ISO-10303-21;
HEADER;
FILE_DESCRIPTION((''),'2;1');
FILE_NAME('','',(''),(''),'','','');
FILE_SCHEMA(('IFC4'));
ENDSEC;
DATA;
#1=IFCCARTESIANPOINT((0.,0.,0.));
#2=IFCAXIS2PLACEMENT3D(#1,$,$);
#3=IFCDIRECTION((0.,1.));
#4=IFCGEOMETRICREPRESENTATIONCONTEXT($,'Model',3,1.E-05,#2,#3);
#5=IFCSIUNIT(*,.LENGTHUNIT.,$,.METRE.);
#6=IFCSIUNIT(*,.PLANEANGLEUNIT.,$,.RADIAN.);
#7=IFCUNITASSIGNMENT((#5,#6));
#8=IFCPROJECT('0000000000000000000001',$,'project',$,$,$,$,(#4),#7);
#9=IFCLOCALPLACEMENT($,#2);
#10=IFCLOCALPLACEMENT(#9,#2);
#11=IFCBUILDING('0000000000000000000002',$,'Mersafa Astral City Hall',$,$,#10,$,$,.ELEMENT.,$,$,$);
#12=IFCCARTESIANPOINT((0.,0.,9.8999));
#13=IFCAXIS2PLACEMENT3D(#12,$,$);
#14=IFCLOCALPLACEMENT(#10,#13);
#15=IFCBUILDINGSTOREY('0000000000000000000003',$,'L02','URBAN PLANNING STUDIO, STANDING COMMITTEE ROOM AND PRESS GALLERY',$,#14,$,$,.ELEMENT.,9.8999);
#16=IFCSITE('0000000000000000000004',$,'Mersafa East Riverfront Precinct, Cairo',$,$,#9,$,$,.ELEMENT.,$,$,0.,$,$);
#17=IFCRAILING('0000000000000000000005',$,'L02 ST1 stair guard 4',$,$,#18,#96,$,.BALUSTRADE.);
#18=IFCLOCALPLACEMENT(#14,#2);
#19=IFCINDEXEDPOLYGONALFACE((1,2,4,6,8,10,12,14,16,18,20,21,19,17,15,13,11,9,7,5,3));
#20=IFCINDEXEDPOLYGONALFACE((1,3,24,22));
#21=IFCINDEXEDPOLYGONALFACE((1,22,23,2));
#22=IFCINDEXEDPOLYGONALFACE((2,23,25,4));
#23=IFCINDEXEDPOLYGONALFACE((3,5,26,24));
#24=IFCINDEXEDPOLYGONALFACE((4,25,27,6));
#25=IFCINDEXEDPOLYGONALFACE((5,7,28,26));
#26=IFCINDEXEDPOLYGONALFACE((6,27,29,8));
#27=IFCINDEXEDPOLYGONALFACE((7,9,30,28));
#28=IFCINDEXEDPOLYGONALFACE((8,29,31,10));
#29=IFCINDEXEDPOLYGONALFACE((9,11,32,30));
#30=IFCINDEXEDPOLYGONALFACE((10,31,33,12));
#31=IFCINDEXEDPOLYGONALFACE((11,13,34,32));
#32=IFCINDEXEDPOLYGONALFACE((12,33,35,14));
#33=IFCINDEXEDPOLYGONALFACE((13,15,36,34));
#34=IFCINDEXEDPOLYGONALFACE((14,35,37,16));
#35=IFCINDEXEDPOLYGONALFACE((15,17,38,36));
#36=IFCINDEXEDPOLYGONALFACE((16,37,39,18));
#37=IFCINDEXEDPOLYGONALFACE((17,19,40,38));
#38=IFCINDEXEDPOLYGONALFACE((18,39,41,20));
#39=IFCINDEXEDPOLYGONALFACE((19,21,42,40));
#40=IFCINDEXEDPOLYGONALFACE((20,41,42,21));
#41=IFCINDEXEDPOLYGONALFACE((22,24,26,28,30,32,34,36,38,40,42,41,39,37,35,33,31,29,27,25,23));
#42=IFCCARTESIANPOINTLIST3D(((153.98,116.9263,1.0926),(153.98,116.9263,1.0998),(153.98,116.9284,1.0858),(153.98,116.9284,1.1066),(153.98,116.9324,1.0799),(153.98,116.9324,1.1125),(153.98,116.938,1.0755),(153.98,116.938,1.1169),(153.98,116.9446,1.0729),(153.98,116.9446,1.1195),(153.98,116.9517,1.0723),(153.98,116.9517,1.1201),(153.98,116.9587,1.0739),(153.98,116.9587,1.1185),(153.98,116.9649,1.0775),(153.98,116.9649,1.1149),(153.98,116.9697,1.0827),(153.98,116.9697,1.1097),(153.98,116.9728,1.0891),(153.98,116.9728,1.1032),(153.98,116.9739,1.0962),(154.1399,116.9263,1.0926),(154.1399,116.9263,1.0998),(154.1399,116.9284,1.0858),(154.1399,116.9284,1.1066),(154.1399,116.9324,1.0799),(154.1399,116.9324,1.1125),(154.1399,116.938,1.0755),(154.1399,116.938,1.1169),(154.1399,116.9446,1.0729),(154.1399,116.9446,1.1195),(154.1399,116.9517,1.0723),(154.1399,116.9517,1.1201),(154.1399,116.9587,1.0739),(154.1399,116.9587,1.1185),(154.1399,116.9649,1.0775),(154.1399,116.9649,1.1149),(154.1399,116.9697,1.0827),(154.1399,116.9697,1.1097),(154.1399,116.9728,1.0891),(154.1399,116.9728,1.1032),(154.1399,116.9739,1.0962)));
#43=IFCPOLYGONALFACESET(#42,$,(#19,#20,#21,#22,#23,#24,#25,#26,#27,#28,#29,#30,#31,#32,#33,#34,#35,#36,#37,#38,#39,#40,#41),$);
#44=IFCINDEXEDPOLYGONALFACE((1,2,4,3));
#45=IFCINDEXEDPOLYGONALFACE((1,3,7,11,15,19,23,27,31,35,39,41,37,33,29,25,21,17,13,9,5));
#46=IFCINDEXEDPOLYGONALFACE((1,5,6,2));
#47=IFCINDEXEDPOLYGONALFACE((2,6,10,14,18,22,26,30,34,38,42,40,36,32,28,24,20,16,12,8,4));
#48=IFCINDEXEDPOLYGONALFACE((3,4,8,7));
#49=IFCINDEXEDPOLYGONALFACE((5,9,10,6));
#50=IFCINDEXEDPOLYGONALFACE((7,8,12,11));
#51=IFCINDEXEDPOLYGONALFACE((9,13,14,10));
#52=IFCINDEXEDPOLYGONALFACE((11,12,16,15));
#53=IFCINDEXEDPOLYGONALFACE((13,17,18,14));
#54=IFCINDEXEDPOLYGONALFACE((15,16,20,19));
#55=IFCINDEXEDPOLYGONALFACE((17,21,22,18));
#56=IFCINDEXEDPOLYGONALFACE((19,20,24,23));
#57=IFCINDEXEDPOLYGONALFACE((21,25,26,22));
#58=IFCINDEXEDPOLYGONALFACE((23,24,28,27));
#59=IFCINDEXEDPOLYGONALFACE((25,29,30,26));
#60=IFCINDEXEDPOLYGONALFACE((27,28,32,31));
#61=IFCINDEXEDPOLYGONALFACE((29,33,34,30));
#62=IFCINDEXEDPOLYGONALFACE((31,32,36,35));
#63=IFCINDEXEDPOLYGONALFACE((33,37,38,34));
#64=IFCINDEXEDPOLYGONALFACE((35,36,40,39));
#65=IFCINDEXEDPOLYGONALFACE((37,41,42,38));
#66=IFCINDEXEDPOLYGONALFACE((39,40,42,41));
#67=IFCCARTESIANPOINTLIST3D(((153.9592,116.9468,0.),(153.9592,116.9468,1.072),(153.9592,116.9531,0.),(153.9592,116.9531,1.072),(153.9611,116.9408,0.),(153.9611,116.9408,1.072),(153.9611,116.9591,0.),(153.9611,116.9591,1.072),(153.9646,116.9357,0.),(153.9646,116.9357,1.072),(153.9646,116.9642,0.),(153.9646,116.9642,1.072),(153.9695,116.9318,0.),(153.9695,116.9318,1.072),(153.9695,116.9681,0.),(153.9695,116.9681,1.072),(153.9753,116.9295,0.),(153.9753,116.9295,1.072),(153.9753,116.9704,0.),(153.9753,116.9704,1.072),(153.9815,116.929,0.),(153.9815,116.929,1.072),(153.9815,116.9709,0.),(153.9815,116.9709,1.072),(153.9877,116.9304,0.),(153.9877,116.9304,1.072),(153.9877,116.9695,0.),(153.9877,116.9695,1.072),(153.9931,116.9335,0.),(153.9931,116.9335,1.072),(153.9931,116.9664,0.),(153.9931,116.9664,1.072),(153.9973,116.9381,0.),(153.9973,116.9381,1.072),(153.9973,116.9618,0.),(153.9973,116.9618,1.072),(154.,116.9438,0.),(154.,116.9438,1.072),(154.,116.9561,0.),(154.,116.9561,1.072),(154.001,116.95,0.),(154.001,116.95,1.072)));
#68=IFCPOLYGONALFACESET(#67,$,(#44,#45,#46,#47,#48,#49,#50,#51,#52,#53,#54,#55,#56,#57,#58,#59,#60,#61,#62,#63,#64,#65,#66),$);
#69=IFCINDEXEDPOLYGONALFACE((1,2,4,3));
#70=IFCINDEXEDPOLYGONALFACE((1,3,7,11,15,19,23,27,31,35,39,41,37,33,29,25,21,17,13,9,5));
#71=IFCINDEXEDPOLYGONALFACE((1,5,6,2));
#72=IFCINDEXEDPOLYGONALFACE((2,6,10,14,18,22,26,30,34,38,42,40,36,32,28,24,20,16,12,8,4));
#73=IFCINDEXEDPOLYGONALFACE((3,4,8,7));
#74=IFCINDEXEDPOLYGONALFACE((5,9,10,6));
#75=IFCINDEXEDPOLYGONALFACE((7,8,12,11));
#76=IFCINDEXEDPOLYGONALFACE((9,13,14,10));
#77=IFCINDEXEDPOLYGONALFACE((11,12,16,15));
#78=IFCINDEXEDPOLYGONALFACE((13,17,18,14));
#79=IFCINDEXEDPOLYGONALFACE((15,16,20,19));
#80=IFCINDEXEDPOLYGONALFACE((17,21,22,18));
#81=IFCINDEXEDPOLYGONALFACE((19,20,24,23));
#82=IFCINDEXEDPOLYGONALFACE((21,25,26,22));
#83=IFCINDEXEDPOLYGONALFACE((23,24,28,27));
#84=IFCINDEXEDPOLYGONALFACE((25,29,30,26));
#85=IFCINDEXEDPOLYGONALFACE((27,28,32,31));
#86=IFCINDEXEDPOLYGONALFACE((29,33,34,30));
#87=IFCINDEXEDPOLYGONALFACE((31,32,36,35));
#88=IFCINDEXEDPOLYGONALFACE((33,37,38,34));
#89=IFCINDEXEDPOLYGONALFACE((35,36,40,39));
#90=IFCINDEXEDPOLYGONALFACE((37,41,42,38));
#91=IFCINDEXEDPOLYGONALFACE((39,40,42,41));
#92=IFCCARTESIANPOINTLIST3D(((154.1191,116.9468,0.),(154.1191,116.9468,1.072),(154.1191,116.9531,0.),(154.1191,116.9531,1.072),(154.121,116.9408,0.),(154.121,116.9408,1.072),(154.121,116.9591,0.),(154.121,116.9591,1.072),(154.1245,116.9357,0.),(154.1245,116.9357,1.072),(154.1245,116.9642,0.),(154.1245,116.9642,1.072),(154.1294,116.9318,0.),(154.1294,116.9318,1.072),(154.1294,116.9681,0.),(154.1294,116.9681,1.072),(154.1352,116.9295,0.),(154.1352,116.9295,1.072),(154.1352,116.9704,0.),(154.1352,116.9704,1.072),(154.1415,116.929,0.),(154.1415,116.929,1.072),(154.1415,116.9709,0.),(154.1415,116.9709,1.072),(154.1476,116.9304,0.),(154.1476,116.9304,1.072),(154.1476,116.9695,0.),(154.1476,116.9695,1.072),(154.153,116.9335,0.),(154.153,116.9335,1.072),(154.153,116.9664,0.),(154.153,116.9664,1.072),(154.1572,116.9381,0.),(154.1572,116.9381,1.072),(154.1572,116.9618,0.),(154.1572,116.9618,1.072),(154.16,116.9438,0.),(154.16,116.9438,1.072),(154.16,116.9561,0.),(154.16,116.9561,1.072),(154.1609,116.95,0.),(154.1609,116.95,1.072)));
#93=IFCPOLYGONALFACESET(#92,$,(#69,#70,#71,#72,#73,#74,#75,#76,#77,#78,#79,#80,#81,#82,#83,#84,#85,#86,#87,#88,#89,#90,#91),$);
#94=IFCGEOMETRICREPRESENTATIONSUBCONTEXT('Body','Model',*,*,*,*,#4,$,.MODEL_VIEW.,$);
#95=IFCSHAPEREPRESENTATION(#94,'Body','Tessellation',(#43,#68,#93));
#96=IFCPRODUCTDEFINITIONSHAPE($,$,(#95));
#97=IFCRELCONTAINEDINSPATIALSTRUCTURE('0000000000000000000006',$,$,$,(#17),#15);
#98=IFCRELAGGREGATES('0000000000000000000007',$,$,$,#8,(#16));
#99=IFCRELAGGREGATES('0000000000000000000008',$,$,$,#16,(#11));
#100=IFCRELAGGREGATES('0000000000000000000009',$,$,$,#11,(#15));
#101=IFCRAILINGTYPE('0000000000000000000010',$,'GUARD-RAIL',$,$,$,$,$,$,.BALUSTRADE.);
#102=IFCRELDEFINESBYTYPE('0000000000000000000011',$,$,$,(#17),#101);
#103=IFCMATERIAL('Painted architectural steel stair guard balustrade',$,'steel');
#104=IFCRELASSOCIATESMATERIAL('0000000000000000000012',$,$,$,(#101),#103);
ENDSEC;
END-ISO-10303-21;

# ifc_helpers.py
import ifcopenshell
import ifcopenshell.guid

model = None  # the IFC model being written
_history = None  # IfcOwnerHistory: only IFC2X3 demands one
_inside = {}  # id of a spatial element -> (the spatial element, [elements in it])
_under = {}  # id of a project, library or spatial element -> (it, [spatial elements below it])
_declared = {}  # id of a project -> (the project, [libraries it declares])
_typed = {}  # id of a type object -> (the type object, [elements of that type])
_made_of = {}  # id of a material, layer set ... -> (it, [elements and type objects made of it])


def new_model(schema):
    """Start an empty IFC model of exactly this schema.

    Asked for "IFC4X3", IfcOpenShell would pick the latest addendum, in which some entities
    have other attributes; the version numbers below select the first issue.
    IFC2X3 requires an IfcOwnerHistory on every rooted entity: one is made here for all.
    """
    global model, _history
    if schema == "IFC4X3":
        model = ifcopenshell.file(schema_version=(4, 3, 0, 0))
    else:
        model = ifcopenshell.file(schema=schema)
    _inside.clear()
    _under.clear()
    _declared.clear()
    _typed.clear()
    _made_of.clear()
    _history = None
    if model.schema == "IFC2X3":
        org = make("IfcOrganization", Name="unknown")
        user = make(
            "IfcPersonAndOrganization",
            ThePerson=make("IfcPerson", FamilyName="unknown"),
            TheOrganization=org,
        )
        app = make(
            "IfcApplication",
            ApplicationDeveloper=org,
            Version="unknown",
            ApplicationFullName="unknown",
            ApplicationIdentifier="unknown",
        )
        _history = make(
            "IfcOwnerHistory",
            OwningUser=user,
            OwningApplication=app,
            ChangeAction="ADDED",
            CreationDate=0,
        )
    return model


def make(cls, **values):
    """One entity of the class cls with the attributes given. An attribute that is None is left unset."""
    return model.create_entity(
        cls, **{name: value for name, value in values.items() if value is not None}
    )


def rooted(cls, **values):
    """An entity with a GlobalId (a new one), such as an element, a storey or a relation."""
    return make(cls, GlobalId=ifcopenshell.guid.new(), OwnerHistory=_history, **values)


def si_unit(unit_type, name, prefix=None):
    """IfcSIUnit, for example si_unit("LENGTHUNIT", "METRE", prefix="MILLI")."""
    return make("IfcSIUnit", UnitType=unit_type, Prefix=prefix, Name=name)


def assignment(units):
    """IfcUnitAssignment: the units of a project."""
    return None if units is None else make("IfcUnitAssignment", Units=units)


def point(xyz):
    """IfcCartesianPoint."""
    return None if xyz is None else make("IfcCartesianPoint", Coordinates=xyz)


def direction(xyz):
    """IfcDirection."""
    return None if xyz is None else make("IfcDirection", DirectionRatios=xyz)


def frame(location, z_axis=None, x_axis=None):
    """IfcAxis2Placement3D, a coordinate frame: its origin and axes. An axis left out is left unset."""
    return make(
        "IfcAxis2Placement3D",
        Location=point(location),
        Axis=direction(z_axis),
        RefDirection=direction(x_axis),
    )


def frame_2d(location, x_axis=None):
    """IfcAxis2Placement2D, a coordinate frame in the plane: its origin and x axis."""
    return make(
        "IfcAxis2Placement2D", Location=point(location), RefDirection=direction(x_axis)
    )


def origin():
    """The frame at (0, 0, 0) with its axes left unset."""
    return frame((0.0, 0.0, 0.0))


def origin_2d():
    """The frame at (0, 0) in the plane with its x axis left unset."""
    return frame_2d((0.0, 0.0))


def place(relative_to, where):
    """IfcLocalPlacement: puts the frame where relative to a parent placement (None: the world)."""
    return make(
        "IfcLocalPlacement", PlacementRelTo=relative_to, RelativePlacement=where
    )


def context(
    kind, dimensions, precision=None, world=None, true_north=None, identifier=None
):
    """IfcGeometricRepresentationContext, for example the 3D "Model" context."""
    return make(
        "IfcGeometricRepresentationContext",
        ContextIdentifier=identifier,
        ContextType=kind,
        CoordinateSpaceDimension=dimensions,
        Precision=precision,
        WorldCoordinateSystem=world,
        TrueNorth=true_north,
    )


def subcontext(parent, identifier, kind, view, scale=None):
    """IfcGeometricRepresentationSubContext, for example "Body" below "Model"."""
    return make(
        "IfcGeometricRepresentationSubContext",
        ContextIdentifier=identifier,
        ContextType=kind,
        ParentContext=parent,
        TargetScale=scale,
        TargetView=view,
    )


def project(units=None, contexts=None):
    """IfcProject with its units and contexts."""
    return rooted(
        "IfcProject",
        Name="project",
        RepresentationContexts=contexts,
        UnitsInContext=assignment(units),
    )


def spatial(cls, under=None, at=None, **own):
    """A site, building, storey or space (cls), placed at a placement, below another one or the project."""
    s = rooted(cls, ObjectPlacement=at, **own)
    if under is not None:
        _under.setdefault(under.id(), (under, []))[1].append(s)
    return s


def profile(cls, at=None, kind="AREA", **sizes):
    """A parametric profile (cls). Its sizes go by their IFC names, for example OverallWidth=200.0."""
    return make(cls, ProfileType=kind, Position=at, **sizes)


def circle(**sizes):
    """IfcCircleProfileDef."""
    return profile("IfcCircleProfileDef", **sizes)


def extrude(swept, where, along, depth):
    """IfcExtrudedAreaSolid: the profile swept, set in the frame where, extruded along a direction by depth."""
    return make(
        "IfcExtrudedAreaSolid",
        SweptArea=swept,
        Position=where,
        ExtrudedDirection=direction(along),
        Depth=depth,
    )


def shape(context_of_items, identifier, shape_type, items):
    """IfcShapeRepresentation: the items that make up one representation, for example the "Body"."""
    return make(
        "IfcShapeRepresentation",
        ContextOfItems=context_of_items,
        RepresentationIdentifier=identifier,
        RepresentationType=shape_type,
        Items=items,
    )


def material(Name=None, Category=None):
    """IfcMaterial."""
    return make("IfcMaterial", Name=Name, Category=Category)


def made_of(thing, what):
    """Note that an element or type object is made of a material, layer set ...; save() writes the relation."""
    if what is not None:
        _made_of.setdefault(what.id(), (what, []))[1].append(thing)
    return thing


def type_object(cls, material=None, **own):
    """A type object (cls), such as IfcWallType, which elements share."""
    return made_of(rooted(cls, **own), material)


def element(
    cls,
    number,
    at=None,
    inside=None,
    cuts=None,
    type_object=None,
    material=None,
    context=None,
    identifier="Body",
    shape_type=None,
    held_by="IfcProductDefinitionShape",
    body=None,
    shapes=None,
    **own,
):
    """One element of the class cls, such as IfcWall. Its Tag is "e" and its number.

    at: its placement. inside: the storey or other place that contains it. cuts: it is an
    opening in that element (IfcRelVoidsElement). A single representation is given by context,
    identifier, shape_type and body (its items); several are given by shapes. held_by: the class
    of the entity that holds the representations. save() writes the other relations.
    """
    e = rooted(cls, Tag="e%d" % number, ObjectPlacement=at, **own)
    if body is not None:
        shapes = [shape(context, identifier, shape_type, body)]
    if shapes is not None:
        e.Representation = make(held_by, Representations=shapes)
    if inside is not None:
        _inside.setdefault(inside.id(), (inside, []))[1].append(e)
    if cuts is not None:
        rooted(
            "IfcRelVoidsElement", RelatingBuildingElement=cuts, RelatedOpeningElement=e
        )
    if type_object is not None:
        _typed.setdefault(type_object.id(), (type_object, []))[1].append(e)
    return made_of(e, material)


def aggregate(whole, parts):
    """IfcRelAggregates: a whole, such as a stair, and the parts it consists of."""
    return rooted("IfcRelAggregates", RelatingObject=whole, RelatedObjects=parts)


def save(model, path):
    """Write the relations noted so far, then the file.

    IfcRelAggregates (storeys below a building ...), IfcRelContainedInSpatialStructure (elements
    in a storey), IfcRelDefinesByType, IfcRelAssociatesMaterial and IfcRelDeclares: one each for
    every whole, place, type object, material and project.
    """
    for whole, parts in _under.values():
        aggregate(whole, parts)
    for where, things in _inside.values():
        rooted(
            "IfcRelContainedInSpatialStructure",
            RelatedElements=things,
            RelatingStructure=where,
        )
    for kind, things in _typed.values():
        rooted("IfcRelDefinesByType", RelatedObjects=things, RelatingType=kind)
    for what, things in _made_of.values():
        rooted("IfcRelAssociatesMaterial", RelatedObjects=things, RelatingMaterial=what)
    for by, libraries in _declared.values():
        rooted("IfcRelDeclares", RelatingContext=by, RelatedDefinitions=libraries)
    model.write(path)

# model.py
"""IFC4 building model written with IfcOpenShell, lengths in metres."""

from ifc_helpers import new_model, si_unit, direction, frame, origin, origin_2d, place, context, subcontext, project, spatial, circle, extrude, material, type_object, element, save


model = new_model("IFC4")

# Units and contexts
model_context = context("Model", 3, precision=1e-05, world=origin(), true_north=direction((0.0, 1.0)))
body_context = subcontext(model_context, "Body", "Model", "MODEL_VIEW")
ifc_project = project(units=[si_unit("LENGTHUNIT", "METRE"), si_unit("PLANEANGLEUNIT", "RADIAN")], contexts=[model_context])

# Site, building, storey
site_placement = place(None, origin())
site = spatial("IfcSite", under=ifc_project, at=site_placement, Name="Mersafa East Riverfront Precinct, Cairo", CompositionType="ELEMENT", RefElevation=0.0)
building_placement = place(site_placement, origin())
building = spatial("IfcBuilding", under=site, at=building_placement, Name="Mersafa Astral City Hall", CompositionType="ELEMENT")
storey_placement = place(building_placement, frame((0.0, 0.0, 9.8999)))
storey = spatial("IfcBuildingStorey", under=building, at=storey_placement, Name="L02", Description="URBAN PLANNING STUDIO, STANDING COMMITTEE ROOM AND PRESS GALLERY", CompositionType="ELEMENT", Elevation=9.8999)

# Railing
ifc_material_1 = material(Name="Painted architectural steel stair guard balustrade", Category="steel")
railing_type = type_object("IfcRailingType", Name="GUARD-RAIL", PredefinedType="BALUSTRADE", material=ifc_material_1)
railing_1_placement = place(storey_placement, frame((153.98, 116.95, 0.0)))
element("IfcRailing", 1, at=railing_1_placement, inside=storey, type_object=railing_type, Name="L02 ST1 stair guard 4", PredefinedType="BALUSTRADE", context=body_context, shape_type="SweptSolid", body=[
    extrude(circle(Radius=0.0239, at=origin_2d()), frame((0.0, 0.0, 1.0962), z_axis=(1.0, 0.0, 0.0), x_axis=(0.0, 1.0, 0.0)), (0.0, 0.0, 1.0), 0.1599),
    extrude(circle(Radius=0.021, at=origin_2d()), origin(), (0.0, 0.0, 1.0), 1.072),
    extrude(circle(Radius=0.021, at=origin_2d()), frame((0.1599, 0.0, 0.0)), (0.0, 0.0, 1.0), 1.072),
])

save(model, "model.ifc")
